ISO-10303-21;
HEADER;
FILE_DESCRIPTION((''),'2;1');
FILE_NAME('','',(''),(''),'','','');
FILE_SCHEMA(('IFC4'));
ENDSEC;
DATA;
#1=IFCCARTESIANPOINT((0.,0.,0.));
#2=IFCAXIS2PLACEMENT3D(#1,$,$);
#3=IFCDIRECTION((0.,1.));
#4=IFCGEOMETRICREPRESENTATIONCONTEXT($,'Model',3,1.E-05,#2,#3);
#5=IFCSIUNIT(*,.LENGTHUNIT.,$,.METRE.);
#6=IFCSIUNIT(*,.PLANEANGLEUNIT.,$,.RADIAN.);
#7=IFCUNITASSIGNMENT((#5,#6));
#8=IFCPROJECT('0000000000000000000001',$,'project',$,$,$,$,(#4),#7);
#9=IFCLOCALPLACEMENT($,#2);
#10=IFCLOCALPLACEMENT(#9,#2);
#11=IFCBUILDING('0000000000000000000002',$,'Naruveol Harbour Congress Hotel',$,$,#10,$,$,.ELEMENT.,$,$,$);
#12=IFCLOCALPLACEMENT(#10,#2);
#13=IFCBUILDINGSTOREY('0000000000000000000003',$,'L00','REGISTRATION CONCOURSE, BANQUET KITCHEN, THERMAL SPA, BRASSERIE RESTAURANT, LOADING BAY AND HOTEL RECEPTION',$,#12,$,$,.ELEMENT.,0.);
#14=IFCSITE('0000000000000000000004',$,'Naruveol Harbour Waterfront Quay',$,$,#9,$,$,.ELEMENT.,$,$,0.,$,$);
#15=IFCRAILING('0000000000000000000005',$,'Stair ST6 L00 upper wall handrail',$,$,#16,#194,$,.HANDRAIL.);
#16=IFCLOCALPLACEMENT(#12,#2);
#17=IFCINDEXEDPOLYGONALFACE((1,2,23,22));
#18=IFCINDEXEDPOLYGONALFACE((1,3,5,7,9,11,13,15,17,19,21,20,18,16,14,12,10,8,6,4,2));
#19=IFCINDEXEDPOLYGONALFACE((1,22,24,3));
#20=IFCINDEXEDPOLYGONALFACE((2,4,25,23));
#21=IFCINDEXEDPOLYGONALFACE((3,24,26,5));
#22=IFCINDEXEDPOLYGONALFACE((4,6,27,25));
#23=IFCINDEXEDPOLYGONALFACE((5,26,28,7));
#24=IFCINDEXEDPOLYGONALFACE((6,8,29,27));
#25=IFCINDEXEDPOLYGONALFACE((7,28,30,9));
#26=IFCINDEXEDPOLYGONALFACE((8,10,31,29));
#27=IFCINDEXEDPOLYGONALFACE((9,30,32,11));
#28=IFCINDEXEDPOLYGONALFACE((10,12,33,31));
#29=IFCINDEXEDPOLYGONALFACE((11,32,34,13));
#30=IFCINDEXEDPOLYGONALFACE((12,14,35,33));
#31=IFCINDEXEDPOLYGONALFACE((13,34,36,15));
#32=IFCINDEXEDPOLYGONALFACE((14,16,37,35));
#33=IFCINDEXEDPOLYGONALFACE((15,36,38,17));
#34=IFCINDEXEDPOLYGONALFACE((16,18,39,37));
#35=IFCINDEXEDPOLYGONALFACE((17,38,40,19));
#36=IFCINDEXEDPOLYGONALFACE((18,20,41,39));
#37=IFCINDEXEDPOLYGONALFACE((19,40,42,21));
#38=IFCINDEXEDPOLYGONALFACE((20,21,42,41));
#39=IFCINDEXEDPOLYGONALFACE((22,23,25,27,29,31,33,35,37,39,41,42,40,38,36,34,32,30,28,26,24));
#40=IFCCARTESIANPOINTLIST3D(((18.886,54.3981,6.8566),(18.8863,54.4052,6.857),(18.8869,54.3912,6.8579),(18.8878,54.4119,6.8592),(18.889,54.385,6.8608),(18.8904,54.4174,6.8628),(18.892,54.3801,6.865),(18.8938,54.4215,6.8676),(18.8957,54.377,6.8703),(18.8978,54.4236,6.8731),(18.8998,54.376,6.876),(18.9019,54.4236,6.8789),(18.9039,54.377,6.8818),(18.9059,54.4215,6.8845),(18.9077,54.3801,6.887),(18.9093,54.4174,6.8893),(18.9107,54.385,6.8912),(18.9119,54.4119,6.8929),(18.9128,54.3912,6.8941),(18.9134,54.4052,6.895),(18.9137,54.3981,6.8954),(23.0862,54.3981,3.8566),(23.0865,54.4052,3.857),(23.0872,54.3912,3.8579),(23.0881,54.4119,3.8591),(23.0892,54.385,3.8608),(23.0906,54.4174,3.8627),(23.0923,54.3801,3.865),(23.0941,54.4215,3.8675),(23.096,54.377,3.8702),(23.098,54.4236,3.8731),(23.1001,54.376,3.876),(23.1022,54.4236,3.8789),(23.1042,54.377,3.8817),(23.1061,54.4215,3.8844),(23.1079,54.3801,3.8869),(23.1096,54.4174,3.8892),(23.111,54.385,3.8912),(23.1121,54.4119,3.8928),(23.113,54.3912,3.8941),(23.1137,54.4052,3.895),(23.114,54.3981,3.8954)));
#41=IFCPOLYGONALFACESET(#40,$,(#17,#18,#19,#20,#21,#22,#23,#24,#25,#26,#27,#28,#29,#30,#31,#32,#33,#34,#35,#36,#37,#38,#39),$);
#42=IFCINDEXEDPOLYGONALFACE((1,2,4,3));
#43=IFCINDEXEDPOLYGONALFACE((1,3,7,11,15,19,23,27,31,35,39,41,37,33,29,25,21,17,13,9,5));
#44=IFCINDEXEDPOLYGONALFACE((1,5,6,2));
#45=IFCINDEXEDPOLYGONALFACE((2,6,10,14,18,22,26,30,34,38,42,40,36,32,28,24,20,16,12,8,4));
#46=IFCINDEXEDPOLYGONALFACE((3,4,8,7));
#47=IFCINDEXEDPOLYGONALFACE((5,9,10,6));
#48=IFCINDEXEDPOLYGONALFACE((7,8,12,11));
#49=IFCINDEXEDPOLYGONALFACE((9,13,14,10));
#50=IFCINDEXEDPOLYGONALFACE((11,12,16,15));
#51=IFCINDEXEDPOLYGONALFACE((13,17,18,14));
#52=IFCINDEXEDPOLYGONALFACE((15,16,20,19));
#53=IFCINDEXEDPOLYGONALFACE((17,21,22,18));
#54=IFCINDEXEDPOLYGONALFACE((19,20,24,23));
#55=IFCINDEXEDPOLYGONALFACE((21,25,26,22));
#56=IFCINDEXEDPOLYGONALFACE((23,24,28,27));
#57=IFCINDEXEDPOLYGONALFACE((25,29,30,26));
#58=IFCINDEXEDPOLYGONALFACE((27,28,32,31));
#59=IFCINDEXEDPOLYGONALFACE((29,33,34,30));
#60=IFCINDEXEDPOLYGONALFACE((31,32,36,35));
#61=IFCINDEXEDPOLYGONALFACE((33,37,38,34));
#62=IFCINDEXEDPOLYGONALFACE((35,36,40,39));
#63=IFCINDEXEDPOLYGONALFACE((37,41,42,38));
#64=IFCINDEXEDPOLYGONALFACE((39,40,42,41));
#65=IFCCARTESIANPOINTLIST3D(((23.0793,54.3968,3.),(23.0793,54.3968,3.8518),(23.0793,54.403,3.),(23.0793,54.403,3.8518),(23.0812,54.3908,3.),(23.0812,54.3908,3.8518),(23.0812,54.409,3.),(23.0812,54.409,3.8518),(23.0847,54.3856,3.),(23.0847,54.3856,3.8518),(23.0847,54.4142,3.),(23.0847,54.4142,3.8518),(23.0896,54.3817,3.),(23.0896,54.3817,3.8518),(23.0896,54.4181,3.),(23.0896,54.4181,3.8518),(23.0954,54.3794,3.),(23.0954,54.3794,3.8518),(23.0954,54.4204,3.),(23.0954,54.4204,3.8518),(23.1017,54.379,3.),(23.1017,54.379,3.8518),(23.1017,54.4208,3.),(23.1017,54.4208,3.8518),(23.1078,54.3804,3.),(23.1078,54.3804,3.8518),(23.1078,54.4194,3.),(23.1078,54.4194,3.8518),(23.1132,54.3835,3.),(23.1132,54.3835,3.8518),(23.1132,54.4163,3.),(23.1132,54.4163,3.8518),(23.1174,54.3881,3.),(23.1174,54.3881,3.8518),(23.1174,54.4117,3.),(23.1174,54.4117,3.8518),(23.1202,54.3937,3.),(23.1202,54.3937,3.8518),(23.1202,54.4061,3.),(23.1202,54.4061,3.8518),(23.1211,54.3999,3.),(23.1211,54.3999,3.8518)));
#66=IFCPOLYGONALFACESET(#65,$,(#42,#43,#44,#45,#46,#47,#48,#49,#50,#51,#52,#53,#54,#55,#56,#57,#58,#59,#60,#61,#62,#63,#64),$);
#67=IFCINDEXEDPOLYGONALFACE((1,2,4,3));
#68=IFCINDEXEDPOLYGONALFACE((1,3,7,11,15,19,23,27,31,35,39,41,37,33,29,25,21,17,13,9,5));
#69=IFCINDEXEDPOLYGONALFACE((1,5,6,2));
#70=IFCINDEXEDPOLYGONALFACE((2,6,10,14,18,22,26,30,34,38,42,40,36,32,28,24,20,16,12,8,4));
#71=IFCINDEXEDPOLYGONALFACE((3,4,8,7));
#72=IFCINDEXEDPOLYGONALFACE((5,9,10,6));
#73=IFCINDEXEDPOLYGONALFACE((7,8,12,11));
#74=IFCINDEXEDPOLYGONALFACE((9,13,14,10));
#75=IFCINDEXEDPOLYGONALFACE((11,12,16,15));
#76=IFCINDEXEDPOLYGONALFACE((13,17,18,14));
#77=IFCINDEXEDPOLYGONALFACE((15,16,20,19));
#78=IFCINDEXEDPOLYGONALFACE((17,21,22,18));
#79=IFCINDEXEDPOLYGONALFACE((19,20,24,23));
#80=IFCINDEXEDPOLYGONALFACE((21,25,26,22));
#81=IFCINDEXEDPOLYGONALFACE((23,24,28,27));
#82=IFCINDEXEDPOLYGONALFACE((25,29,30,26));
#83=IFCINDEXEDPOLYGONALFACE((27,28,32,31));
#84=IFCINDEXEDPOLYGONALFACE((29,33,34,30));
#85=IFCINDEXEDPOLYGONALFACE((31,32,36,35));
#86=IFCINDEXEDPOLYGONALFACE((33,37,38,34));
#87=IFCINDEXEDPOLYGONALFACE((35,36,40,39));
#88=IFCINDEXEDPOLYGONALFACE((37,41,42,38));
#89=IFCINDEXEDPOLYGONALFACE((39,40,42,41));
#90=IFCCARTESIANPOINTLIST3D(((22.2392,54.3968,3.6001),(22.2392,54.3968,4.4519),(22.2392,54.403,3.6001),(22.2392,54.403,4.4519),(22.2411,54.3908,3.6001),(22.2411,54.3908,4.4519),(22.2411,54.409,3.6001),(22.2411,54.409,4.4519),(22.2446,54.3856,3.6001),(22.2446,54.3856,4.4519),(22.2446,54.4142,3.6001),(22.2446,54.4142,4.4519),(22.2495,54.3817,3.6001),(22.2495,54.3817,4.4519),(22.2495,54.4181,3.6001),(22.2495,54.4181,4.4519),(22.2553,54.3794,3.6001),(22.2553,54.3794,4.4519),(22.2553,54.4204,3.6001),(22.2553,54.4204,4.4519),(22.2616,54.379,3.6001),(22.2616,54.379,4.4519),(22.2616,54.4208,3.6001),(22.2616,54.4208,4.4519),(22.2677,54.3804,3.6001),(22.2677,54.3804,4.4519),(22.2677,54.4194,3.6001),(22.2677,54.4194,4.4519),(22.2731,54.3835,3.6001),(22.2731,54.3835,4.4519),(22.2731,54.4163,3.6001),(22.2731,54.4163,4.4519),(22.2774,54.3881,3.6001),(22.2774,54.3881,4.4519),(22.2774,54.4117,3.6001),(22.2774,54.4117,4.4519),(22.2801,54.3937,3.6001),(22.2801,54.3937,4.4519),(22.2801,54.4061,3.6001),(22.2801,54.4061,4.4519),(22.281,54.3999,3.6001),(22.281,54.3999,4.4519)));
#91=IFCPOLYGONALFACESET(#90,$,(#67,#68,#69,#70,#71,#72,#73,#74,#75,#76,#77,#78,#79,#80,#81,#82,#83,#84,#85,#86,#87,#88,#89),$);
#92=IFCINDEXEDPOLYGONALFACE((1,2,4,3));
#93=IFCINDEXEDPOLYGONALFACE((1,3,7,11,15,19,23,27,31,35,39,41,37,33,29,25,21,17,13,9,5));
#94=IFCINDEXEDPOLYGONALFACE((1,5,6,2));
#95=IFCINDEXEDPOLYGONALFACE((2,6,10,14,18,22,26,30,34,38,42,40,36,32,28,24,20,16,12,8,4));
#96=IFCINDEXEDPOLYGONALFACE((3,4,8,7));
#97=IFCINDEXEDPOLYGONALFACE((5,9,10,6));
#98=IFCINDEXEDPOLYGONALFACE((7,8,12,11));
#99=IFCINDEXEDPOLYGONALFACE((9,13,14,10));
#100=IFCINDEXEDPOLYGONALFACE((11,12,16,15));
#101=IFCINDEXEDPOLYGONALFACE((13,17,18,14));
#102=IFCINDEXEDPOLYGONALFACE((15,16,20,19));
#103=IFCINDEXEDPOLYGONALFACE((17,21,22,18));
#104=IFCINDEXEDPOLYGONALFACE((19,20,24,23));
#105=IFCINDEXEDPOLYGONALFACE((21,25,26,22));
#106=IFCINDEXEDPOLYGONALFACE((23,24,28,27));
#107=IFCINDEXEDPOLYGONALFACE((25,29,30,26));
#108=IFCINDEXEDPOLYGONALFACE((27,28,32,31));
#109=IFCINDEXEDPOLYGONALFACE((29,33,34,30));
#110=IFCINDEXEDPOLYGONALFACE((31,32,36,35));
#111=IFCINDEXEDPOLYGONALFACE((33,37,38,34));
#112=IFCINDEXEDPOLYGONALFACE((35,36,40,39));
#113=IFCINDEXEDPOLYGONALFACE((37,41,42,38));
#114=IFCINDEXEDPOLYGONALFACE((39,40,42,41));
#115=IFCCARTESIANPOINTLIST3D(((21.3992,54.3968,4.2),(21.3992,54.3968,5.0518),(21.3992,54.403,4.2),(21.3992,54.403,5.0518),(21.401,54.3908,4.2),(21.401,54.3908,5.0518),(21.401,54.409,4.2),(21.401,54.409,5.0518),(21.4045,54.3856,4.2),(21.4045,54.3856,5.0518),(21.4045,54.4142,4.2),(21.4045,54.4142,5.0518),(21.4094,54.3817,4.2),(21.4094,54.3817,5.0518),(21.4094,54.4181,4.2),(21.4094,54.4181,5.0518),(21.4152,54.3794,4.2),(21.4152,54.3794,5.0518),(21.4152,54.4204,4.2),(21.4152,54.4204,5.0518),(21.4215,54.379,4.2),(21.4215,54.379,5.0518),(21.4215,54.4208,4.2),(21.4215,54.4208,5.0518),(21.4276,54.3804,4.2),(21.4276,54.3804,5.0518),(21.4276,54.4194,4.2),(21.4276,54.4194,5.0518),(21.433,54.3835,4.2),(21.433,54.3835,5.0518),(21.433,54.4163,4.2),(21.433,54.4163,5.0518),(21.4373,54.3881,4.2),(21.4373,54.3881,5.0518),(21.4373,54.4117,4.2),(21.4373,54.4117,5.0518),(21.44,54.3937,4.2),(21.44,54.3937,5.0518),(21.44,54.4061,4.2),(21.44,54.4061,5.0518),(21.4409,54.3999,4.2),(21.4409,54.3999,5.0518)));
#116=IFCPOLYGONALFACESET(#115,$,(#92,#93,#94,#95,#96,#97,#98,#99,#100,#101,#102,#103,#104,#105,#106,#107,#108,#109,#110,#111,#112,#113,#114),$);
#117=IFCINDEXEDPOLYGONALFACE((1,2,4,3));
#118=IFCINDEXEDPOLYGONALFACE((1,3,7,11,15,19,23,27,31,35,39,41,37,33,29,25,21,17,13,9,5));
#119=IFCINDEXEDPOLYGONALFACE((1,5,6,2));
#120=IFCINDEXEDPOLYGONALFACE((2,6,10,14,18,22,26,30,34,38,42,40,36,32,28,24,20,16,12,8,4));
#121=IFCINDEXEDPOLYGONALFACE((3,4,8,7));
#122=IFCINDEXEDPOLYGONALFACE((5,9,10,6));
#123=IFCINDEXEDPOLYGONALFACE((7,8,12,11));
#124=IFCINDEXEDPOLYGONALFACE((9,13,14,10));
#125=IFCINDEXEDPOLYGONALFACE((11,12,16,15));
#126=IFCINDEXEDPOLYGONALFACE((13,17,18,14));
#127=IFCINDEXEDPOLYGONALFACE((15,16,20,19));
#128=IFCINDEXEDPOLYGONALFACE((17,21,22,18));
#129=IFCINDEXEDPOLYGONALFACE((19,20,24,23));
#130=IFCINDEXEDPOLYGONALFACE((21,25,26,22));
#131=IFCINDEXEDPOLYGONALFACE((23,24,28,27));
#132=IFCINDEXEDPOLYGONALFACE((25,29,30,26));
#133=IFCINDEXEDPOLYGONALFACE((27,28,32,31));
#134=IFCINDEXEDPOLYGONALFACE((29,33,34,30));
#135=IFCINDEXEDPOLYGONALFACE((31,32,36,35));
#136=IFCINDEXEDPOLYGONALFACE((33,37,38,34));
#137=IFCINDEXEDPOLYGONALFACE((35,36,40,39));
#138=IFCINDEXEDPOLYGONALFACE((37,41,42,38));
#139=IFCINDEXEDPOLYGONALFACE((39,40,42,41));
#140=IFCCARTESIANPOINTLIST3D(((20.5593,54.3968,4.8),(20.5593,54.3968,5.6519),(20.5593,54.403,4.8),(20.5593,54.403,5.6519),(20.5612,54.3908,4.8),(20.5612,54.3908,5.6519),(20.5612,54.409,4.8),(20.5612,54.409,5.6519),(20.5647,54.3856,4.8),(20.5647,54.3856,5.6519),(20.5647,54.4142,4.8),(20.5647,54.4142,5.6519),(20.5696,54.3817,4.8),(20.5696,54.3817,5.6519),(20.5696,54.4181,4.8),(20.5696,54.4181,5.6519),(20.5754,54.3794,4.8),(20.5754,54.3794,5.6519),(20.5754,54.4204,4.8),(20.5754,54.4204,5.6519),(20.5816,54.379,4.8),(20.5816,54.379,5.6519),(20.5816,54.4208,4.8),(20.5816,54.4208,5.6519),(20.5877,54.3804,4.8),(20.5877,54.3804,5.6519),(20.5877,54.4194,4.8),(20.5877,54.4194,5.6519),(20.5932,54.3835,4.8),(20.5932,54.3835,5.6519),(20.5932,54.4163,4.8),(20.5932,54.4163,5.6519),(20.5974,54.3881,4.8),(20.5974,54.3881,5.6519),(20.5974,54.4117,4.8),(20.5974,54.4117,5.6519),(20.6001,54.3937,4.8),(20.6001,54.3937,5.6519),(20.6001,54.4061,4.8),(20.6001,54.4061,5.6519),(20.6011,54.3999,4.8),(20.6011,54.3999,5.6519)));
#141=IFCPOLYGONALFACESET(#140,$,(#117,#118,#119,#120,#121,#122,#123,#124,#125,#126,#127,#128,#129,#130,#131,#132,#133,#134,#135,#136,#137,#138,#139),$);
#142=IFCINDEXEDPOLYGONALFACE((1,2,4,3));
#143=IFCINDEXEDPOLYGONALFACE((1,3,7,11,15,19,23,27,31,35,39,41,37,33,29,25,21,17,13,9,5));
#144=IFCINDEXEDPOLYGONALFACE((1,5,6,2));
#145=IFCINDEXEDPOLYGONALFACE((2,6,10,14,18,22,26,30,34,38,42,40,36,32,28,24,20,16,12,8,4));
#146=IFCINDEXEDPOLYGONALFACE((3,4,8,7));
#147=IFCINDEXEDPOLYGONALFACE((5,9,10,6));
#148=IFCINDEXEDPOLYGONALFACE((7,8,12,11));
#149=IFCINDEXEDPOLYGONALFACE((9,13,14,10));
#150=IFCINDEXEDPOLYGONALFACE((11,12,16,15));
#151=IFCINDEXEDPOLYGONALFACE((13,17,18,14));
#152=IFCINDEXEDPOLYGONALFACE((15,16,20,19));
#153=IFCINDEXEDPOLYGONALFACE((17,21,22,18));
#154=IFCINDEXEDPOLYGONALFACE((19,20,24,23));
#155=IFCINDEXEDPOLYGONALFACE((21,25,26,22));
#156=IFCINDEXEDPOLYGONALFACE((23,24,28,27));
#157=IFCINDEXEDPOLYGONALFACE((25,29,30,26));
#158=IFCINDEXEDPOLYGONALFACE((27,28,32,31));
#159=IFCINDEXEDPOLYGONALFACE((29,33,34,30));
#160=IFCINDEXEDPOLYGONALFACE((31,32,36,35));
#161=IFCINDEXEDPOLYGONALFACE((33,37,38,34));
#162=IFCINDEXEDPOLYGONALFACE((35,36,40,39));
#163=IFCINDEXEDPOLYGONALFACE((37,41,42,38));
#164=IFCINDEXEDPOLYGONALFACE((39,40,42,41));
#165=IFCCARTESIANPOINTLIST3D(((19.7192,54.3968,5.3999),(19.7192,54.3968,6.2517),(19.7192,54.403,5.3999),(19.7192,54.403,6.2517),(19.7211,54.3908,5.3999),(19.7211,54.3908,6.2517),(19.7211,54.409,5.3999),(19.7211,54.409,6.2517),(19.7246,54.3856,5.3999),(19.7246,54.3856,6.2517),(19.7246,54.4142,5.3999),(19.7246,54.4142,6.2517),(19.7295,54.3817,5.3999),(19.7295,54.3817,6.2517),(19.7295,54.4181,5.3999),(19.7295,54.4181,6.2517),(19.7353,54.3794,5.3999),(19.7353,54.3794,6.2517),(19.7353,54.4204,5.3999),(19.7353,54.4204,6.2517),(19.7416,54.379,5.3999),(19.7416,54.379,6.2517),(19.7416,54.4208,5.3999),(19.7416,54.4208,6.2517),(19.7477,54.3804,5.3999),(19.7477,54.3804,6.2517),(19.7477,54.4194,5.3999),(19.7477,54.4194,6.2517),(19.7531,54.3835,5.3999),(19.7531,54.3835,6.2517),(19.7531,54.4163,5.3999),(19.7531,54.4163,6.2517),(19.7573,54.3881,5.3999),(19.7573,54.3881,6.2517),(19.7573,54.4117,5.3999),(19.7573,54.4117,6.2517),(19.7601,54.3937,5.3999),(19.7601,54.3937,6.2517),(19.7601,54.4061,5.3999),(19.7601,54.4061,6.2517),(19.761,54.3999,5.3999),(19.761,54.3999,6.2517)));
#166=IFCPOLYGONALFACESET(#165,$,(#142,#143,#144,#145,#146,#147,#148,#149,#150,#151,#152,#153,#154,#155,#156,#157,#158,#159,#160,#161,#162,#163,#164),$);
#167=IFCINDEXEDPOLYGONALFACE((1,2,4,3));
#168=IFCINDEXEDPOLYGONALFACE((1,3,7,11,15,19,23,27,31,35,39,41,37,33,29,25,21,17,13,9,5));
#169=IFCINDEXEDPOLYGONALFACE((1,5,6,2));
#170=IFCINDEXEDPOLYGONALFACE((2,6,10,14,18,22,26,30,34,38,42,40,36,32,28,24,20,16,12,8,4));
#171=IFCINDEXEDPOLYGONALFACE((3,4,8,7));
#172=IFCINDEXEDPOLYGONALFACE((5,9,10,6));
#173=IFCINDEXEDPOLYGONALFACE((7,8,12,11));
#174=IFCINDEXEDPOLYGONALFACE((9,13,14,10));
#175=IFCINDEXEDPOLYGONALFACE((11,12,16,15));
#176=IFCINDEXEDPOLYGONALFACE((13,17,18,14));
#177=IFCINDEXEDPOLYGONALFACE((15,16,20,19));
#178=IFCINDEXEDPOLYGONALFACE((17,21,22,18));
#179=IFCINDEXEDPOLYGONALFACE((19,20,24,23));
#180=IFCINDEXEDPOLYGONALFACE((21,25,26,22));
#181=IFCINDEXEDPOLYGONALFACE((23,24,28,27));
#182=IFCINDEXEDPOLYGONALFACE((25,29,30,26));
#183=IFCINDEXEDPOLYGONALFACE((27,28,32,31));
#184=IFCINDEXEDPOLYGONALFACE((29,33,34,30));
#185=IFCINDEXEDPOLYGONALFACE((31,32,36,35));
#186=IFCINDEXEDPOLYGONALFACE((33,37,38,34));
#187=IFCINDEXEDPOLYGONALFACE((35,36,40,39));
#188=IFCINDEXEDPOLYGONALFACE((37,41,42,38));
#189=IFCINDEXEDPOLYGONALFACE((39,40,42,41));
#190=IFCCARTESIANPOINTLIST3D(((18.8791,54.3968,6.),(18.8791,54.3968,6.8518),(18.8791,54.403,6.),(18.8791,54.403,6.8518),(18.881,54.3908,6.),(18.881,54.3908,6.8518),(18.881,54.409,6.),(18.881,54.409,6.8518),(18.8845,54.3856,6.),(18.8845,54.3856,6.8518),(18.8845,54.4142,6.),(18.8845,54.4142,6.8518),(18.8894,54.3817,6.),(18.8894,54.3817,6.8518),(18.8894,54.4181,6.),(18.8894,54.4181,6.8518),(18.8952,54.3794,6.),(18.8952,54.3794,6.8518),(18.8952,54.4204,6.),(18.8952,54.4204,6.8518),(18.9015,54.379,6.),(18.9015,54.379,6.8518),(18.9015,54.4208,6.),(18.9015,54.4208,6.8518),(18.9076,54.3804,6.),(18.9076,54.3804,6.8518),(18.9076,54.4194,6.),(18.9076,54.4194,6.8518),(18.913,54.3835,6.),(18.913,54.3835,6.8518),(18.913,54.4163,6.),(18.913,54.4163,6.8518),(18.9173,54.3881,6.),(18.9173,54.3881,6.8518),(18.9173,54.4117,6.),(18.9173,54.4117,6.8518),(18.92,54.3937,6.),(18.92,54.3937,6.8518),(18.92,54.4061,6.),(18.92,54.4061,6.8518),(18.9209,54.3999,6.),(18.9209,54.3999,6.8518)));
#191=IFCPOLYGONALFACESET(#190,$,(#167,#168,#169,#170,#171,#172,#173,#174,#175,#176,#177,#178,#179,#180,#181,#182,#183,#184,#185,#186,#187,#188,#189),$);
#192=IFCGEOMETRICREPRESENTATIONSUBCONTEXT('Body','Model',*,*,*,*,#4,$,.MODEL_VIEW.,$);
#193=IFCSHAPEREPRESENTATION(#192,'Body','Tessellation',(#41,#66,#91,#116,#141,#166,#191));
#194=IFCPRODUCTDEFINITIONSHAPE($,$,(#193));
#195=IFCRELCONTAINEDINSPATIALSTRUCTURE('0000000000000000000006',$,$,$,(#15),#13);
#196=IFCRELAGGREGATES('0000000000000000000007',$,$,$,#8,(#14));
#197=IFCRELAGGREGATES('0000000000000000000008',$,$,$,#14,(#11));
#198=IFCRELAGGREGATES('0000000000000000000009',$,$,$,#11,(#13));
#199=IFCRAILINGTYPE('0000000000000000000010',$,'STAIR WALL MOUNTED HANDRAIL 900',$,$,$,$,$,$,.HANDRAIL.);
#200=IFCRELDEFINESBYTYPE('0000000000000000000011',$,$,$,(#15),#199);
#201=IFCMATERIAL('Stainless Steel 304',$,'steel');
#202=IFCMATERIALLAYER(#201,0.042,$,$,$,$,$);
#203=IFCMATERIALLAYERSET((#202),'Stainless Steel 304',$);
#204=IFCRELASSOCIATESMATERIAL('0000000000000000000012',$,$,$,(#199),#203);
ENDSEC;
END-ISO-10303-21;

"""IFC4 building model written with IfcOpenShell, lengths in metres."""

from ifc_helpers import new_model, si_unit, direction, frame, origin, origin_2d, place, context, subcontext, project, spatial, circle, extrude, material, layer, layer_set, type_object, element, save


model = new_model("IFC4")

# Units and contexts
model_context = context("Model", 3, precision=1e-05, world=origin(), true_north=direction((0.0, 1.0)))
body_context = subcontext(model_context, "Body", "Model", "MODEL_VIEW")
ifc_project = project(units=[si_unit("LENGTHUNIT", "METRE"), si_unit("PLANEANGLEUNIT", "RADIAN")], contexts=[model_context])

# Site, building, storey
site_placement = place(None, origin())
site = spatial("IfcSite", under=ifc_project, at=site_placement, Name="Naruveol Harbour Waterfront Quay", CompositionType="ELEMENT", RefElevation=0.0)
building_placement = place(site_placement, origin())
building = spatial("IfcBuilding", under=site, at=building_placement, Name="Naruveol Harbour Congress Hotel", CompositionType="ELEMENT")
storey_placement = place(building_placement, origin())
storey = spatial("IfcBuildingStorey", under=building, at=storey_placement, Name="L00", Description="REGISTRATION CONCOURSE, BANQUET KITCHEN, THERMAL SPA, BRASSERIE RESTAURANT, LOADING BAY AND HOTEL RECEPTION", CompositionType="ELEMENT", Elevation=0.0)

# Railing
ifc_material_1 = material(Name="Stainless Steel 304", Category="steel")
ifc_layer_1 = layer(ifc_material_1, 0.042)
ifc_layer_set_1 = layer_set([ifc_layer_1], Name="Stainless Steel 304")
railing_type_1 = type_object("IfcRailingType", Name="STAIR WALL MOUNTED HANDRAIL 900", PredefinedType="HANDRAIL", material=ifc_layer_set_1)
railing_1_placement = place(storey_placement, frame((23.1001, 54.3999, 3.0)))
element("IfcRailing", 1, at=railing_1_placement, inside=storey, type_object=railing_type_1, Name="Stair ST6 L00 upper wall handrail", PredefinedType="HANDRAIL", context=body_context, shape_type="SweptSolid", body=[
    extrude(circle(Radius=0.0239, at=origin_2d()), frame((0.0, 0.0, 0.876), z_axis=(-0.813746, 0.0, 0.58122), x_axis=(0.0, -1.0, 0.0)), (0.0, 0.0, 1.0), 5.1616),
    extrude(circle(Radius=0.021, at=origin_2d()), origin(), (0.0, 0.0, 1.0), 0.8518),
    extrude(circle(Radius=0.021, at=origin_2d()), frame((-0.8401, 0.0, 0.6001)), (0.0, 0.0, 1.0), 0.8518),
    extrude(circle(Radius=0.021, at=origin_2d()), frame((-1.6802, 0.0, 1.2)), (0.0, 0.0, 1.0), 0.8518),
    extrude(circle(Radius=0.021, at=origin_2d()), frame((-2.52, 0.0, 1.8)), (0.0, 0.0, 1.0), 0.8518),
    extrude(circle(Radius=0.021, at=origin_2d()), frame((-3.3601, 0.0, 2.3999)), (0.0, 0.0, 1.0), 0.8518),
    extrude(circle(Radius=0.021, at=origin_2d()), frame((-4.2002, 0.0, 3.0)), (0.0, 0.0, 1.0), 0.8518),
])

save(model, "model.ifc")
